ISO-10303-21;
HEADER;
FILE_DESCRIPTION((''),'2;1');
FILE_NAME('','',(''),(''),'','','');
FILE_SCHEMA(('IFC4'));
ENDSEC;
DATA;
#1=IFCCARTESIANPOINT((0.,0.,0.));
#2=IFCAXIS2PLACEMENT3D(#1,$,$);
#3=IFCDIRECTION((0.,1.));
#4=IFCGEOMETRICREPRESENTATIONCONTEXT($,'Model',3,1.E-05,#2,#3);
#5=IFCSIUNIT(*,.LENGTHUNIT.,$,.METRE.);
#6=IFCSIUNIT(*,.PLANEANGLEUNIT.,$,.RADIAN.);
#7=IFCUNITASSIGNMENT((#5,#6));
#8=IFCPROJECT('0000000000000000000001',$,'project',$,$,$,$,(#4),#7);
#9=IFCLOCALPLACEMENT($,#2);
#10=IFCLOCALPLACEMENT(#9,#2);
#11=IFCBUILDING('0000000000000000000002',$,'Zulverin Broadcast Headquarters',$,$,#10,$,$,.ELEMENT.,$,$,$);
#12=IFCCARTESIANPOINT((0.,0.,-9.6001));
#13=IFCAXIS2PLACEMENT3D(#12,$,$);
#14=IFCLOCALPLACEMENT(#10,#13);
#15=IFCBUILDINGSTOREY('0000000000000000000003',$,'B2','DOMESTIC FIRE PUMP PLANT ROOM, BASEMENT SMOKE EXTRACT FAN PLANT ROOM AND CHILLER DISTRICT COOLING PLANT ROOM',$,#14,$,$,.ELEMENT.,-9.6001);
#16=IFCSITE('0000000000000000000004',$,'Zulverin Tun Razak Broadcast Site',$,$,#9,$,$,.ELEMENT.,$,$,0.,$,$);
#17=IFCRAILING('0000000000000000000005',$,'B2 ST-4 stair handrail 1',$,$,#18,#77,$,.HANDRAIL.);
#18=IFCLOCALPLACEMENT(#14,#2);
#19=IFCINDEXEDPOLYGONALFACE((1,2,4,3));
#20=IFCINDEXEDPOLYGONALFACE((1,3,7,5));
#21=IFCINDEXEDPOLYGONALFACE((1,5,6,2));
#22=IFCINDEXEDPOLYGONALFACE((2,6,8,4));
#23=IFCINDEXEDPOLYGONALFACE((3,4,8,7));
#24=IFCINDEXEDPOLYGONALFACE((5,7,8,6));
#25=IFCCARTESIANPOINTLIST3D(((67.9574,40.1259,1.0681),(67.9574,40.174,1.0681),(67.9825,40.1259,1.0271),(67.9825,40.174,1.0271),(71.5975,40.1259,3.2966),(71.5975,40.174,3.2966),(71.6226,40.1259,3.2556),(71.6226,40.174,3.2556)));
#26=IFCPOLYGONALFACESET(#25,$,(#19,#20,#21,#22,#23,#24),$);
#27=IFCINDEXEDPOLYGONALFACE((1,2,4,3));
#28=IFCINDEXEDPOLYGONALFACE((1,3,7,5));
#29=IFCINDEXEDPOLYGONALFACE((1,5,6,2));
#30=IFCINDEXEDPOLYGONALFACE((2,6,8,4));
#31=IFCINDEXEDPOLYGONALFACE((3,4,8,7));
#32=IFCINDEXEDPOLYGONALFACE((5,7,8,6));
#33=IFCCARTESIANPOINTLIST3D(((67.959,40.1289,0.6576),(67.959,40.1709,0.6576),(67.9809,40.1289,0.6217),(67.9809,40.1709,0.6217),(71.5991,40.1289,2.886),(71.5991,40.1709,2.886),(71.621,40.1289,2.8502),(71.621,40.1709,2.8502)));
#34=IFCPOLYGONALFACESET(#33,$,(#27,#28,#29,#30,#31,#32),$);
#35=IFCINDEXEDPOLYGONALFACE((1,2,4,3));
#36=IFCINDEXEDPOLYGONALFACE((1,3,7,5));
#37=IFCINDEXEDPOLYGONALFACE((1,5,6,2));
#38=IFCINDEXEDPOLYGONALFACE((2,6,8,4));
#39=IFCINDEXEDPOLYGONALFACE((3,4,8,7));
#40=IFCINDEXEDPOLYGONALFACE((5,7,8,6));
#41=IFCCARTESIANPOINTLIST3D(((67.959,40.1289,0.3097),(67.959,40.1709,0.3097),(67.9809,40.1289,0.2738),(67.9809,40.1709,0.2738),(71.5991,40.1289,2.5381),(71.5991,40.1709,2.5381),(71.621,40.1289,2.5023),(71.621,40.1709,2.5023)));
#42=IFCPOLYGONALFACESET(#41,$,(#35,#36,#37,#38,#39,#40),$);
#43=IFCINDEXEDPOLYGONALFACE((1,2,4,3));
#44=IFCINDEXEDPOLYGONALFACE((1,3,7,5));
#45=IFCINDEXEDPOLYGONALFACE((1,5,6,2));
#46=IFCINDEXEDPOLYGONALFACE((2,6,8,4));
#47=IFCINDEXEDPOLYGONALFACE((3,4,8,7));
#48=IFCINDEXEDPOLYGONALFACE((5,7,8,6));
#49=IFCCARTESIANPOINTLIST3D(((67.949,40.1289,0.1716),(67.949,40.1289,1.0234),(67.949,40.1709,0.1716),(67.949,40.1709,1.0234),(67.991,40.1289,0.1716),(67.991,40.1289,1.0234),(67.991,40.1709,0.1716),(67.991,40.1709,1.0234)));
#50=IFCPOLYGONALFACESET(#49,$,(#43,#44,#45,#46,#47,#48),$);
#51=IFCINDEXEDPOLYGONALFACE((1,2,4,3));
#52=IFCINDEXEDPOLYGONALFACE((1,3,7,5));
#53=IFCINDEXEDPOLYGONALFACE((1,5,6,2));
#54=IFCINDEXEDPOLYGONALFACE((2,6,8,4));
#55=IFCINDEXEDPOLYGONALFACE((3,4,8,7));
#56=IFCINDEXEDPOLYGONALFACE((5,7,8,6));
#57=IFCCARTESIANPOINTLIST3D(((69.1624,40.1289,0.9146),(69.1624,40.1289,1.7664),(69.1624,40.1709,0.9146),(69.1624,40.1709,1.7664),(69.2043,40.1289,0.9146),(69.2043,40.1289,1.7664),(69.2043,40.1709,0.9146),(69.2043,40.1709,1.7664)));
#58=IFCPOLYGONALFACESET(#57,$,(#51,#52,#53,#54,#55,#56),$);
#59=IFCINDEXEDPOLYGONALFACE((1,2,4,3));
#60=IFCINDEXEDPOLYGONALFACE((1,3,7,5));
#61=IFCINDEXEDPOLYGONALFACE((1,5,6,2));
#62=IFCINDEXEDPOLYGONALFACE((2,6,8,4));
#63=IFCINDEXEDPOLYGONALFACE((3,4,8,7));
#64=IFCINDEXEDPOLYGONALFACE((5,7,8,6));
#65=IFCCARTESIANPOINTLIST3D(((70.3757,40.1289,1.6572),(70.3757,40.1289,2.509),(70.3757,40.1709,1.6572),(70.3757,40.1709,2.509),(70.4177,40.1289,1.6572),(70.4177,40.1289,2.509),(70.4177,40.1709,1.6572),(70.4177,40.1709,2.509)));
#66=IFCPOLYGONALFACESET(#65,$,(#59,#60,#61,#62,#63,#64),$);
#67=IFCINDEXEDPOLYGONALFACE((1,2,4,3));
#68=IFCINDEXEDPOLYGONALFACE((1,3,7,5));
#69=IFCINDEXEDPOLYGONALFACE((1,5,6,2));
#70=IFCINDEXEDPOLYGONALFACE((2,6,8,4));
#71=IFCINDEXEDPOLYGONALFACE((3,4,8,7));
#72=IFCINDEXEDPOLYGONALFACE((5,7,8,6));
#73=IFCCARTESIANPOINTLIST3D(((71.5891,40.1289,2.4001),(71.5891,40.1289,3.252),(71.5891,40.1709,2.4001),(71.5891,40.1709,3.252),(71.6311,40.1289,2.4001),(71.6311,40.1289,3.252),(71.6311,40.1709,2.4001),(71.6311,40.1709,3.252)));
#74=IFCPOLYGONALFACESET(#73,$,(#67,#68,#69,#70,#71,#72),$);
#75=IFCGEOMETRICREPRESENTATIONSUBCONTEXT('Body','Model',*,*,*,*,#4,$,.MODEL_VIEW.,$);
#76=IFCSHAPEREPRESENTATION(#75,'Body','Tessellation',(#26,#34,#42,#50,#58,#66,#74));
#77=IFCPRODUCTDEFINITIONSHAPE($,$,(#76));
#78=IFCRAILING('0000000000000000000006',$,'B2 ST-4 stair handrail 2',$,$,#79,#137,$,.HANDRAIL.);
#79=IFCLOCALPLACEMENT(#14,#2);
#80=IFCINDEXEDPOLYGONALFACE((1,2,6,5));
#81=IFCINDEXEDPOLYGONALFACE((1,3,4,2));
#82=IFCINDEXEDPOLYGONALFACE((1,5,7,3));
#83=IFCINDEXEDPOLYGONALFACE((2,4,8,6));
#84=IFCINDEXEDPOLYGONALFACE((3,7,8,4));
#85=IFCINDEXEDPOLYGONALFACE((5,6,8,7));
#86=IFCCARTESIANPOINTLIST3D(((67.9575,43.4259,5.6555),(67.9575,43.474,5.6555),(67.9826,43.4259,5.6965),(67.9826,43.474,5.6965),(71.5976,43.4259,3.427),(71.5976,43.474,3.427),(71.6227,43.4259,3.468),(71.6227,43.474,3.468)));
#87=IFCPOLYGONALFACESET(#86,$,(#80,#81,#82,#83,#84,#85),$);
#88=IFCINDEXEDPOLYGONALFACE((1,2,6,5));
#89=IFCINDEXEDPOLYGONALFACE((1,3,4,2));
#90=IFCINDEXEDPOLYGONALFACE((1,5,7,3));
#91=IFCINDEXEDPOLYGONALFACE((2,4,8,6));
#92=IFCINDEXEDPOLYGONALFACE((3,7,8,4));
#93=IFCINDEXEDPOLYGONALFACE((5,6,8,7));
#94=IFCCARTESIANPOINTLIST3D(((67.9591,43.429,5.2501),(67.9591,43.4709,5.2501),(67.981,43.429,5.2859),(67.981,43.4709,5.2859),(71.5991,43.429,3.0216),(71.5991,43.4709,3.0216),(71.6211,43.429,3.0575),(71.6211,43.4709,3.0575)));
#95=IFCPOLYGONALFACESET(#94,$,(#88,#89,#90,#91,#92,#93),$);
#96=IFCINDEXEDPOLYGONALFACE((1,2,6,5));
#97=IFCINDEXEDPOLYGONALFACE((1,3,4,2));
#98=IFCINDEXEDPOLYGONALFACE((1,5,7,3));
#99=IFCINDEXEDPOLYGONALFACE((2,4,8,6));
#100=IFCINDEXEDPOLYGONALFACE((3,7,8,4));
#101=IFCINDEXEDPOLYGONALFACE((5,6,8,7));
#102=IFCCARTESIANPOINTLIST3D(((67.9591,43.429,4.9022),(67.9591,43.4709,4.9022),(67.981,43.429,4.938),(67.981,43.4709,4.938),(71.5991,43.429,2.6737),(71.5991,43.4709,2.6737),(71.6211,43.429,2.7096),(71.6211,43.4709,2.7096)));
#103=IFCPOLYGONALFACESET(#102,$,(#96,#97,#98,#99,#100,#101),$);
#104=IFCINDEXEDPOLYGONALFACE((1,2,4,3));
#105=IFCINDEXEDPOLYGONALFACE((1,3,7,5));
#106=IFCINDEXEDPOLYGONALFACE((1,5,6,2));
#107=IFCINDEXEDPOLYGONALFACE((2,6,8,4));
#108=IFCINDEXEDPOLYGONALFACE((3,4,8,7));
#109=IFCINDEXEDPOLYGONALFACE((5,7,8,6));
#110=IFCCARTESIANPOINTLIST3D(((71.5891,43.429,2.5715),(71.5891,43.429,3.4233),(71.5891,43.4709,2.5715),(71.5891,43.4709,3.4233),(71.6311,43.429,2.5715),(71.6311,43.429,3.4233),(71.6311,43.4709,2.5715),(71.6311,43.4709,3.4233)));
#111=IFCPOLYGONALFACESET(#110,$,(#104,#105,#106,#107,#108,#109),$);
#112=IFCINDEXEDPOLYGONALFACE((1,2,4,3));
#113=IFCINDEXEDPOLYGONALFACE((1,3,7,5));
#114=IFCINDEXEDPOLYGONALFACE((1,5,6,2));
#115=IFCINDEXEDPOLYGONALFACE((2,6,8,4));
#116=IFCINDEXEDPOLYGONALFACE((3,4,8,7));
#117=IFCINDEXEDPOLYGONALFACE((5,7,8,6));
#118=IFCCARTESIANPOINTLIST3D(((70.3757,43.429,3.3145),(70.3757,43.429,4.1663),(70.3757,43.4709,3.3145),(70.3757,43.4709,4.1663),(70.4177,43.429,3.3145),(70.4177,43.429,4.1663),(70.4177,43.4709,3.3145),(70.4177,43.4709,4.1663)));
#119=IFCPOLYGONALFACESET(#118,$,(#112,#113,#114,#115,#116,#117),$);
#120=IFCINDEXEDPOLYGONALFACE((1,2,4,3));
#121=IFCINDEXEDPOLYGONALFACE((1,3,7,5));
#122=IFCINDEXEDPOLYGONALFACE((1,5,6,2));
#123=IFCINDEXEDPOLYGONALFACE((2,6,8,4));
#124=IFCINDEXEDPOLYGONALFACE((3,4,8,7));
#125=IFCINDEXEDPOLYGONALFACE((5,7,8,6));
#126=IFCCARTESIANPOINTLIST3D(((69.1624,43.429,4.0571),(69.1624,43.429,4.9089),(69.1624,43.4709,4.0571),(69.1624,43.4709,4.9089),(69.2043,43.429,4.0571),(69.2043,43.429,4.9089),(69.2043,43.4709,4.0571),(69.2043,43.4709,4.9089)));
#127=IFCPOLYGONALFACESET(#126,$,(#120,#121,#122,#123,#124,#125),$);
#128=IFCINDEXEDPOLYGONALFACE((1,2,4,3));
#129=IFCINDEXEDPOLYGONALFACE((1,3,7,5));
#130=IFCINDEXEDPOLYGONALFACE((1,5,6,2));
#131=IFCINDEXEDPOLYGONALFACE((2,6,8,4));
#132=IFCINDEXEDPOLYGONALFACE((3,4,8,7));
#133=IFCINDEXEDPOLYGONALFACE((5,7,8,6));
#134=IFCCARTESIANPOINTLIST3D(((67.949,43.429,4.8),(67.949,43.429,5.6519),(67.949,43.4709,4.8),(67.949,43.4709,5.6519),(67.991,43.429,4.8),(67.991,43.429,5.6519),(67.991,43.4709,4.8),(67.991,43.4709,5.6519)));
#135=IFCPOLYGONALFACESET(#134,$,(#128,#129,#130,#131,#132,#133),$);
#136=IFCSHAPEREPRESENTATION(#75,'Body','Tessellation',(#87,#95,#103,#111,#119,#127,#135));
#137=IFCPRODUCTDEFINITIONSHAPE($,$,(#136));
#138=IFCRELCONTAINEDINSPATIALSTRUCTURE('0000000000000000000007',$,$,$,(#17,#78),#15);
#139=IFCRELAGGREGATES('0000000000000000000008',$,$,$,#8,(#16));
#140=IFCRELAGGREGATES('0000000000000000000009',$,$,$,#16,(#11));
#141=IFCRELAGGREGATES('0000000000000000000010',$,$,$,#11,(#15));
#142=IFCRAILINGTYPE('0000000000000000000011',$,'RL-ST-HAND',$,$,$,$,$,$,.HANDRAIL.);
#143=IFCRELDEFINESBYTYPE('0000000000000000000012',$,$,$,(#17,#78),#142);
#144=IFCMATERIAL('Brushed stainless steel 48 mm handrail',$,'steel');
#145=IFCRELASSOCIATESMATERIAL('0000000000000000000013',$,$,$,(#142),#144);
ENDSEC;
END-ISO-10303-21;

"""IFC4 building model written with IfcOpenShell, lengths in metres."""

from ifc_helpers import new_model, si_unit, direction, frame, origin, origin_2d, place, context, subcontext, project, spatial, rectangle, extrude, material, type_object, element, save


model = new_model("IFC4")

# Units and contexts
model_context = context("Model", 3, precision=1e-05, world=origin(), true_north=direction((0.0, 1.0)))
body_context = subcontext(model_context, "Body", "Model", "MODEL_VIEW")
ifc_project = project(units=[si_unit("LENGTHUNIT", "METRE"), si_unit("PLANEANGLEUNIT", "RADIAN")], contexts=[model_context])

# Site, building, storey
site_placement = place(None, origin())
site = spatial("IfcSite", under=ifc_project, at=site_placement, Name="Zulverin Tun Razak Broadcast Site", CompositionType="ELEMENT", RefElevation=0.0)
building_placement = place(site_placement, origin())
building = spatial("IfcBuilding", under=site, at=building_placement, Name="Zulverin Broadcast Headquarters", CompositionType="ELEMENT")
storey_placement = place(building_placement, frame((0.0, 0.0, -9.6001)))
storey = spatial("IfcBuildingStorey", under=building, at=storey_placement, Name="B2", Description="DOMESTIC FIRE PUMP PLANT ROOM, BASEMENT SMOKE EXTRACT FAN PLANT ROOM AND CHILLER DISTRICT COOLING PLANT ROOM", CompositionType="ELEMENT", Elevation=-9.6001)

# Railings
ifc_material_1 = material(Name="Brushed stainless steel 48 mm handrail", Category="steel")
railing_type_1 = type_object("IfcRailingType", Name="RL-ST-HAND", PredefinedType="HANDRAIL", material=ifc_material_1)
railing_1_placement = place(storey_placement, frame((67.97, 40.1499, 0.1716)))
element("IfcRailing", 1, at=railing_1_placement, inside=storey, type_object=railing_type_1, Name="B2 ST-4 stair handrail 1", PredefinedType="HANDRAIL", context=body_context, shape_type="SweptSolid", body=[
    extrude(rectangle(XDim=0.0481, YDim=0.0481, at=origin_2d()), frame((0.0, 0.0, 0.876), z_axis=(0.852866, 0.0, 0.52213), x_axis=(0.0, 1.0, 0.0)), (0.0, 0.0, 1.0), 4.2681),
    extrude(rectangle(XDim=0.042, YDim=0.042, at=origin_2d()), frame((0.0, 0.0, 0.468), z_axis=(0.852866, 0.0, 0.52213), x_axis=(0.0, 1.0, 0.0)), (0.0, 0.0, 1.0), 4.2681),
    extrude(rectangle(XDim=0.042, YDim=0.042, at=origin_2d()), frame((0.0, 0.0, 0.1201), z_axis=(0.852866, 0.0, 0.52213), x_axis=(0.0, 1.0, 0.0)), (0.0, 0.0, 1.0), 4.2681),
    extrude(rectangle(XDim=0.042, YDim=0.042, at=origin_2d()), origin(), (0.0, 0.0, 1.0), 0.8518),
    extrude(rectangle(XDim=0.042, YDim=0.042, at=origin_2d()), frame((1.2134, 0.0, 0.7429)), (0.0, 0.0, 1.0), 0.8518),
    extrude(rectangle(XDim=0.042, YDim=0.042, at=origin_2d()), frame((2.4268, 0.0, 1.4856)), (0.0, 0.0, 1.0), 0.8518),
    extrude(rectangle(XDim=0.042, YDim=0.042, at=origin_2d()), frame((3.6401, 0.0, 2.2285)), (0.0, 0.0, 1.0), 0.8518),
])
railing_2_placement = place(storey_placement, frame((71.6101, 43.45, 2.5715)))
element("IfcRailing", 2, at=railing_2_placement, inside=storey, type_object=railing_type_1, Name="B2 ST-4 stair handrail 2", PredefinedType="HANDRAIL", context=body_context, shape_type="SweptSolid", body=[
    extrude(rectangle(XDim=0.0481, YDim=0.0481, at=origin_2d()), frame((0.0, 0.0, 0.876), z_axis=(-0.852866, 0.0, 0.52213), x_axis=(0.0, -1.0, 0.0)), (0.0, 0.0, 1.0), 4.2681),
    extrude(rectangle(XDim=0.042, YDim=0.042, at=origin_2d()), frame((0.0, 0.0, 0.468), z_axis=(-0.852866, 0.0, 0.52213), x_axis=(0.0, -1.0, 0.0)), (0.0, 0.0, 1.0), 4.2681),
    extrude(rectangle(XDim=0.042, YDim=0.042, at=origin_2d()), frame((0.0, 0.0, 0.1201), z_axis=(-0.852866, 0.0, 0.52213), x_axis=(0.0, -1.0, 0.0)), (0.0, 0.0, 1.0), 4.2681),
    extrude(rectangle(XDim=0.042, YDim=0.042, at=origin_2d()), origin(), (0.0, 0.0, 1.0), 0.8518),
    extrude(rectangle(XDim=0.042, YDim=0.042, at=origin_2d()), frame((-1.2134, 0.0, 0.7429)), (0.0, 0.0, 1.0), 0.8518),
    extrude(rectangle(XDim=0.042, YDim=0.042, at=origin_2d()), frame((-2.4268, 0.0, 1.4856)), (0.0, 0.0, 1.0), 0.8518),
    extrude(rectangle(XDim=0.042, YDim=0.042, at=origin_2d()), frame((-3.6401, 0.0, 2.2285)), (0.0, 0.0, 1.0), 0.8518),
])

save(model, "model.ifc")
